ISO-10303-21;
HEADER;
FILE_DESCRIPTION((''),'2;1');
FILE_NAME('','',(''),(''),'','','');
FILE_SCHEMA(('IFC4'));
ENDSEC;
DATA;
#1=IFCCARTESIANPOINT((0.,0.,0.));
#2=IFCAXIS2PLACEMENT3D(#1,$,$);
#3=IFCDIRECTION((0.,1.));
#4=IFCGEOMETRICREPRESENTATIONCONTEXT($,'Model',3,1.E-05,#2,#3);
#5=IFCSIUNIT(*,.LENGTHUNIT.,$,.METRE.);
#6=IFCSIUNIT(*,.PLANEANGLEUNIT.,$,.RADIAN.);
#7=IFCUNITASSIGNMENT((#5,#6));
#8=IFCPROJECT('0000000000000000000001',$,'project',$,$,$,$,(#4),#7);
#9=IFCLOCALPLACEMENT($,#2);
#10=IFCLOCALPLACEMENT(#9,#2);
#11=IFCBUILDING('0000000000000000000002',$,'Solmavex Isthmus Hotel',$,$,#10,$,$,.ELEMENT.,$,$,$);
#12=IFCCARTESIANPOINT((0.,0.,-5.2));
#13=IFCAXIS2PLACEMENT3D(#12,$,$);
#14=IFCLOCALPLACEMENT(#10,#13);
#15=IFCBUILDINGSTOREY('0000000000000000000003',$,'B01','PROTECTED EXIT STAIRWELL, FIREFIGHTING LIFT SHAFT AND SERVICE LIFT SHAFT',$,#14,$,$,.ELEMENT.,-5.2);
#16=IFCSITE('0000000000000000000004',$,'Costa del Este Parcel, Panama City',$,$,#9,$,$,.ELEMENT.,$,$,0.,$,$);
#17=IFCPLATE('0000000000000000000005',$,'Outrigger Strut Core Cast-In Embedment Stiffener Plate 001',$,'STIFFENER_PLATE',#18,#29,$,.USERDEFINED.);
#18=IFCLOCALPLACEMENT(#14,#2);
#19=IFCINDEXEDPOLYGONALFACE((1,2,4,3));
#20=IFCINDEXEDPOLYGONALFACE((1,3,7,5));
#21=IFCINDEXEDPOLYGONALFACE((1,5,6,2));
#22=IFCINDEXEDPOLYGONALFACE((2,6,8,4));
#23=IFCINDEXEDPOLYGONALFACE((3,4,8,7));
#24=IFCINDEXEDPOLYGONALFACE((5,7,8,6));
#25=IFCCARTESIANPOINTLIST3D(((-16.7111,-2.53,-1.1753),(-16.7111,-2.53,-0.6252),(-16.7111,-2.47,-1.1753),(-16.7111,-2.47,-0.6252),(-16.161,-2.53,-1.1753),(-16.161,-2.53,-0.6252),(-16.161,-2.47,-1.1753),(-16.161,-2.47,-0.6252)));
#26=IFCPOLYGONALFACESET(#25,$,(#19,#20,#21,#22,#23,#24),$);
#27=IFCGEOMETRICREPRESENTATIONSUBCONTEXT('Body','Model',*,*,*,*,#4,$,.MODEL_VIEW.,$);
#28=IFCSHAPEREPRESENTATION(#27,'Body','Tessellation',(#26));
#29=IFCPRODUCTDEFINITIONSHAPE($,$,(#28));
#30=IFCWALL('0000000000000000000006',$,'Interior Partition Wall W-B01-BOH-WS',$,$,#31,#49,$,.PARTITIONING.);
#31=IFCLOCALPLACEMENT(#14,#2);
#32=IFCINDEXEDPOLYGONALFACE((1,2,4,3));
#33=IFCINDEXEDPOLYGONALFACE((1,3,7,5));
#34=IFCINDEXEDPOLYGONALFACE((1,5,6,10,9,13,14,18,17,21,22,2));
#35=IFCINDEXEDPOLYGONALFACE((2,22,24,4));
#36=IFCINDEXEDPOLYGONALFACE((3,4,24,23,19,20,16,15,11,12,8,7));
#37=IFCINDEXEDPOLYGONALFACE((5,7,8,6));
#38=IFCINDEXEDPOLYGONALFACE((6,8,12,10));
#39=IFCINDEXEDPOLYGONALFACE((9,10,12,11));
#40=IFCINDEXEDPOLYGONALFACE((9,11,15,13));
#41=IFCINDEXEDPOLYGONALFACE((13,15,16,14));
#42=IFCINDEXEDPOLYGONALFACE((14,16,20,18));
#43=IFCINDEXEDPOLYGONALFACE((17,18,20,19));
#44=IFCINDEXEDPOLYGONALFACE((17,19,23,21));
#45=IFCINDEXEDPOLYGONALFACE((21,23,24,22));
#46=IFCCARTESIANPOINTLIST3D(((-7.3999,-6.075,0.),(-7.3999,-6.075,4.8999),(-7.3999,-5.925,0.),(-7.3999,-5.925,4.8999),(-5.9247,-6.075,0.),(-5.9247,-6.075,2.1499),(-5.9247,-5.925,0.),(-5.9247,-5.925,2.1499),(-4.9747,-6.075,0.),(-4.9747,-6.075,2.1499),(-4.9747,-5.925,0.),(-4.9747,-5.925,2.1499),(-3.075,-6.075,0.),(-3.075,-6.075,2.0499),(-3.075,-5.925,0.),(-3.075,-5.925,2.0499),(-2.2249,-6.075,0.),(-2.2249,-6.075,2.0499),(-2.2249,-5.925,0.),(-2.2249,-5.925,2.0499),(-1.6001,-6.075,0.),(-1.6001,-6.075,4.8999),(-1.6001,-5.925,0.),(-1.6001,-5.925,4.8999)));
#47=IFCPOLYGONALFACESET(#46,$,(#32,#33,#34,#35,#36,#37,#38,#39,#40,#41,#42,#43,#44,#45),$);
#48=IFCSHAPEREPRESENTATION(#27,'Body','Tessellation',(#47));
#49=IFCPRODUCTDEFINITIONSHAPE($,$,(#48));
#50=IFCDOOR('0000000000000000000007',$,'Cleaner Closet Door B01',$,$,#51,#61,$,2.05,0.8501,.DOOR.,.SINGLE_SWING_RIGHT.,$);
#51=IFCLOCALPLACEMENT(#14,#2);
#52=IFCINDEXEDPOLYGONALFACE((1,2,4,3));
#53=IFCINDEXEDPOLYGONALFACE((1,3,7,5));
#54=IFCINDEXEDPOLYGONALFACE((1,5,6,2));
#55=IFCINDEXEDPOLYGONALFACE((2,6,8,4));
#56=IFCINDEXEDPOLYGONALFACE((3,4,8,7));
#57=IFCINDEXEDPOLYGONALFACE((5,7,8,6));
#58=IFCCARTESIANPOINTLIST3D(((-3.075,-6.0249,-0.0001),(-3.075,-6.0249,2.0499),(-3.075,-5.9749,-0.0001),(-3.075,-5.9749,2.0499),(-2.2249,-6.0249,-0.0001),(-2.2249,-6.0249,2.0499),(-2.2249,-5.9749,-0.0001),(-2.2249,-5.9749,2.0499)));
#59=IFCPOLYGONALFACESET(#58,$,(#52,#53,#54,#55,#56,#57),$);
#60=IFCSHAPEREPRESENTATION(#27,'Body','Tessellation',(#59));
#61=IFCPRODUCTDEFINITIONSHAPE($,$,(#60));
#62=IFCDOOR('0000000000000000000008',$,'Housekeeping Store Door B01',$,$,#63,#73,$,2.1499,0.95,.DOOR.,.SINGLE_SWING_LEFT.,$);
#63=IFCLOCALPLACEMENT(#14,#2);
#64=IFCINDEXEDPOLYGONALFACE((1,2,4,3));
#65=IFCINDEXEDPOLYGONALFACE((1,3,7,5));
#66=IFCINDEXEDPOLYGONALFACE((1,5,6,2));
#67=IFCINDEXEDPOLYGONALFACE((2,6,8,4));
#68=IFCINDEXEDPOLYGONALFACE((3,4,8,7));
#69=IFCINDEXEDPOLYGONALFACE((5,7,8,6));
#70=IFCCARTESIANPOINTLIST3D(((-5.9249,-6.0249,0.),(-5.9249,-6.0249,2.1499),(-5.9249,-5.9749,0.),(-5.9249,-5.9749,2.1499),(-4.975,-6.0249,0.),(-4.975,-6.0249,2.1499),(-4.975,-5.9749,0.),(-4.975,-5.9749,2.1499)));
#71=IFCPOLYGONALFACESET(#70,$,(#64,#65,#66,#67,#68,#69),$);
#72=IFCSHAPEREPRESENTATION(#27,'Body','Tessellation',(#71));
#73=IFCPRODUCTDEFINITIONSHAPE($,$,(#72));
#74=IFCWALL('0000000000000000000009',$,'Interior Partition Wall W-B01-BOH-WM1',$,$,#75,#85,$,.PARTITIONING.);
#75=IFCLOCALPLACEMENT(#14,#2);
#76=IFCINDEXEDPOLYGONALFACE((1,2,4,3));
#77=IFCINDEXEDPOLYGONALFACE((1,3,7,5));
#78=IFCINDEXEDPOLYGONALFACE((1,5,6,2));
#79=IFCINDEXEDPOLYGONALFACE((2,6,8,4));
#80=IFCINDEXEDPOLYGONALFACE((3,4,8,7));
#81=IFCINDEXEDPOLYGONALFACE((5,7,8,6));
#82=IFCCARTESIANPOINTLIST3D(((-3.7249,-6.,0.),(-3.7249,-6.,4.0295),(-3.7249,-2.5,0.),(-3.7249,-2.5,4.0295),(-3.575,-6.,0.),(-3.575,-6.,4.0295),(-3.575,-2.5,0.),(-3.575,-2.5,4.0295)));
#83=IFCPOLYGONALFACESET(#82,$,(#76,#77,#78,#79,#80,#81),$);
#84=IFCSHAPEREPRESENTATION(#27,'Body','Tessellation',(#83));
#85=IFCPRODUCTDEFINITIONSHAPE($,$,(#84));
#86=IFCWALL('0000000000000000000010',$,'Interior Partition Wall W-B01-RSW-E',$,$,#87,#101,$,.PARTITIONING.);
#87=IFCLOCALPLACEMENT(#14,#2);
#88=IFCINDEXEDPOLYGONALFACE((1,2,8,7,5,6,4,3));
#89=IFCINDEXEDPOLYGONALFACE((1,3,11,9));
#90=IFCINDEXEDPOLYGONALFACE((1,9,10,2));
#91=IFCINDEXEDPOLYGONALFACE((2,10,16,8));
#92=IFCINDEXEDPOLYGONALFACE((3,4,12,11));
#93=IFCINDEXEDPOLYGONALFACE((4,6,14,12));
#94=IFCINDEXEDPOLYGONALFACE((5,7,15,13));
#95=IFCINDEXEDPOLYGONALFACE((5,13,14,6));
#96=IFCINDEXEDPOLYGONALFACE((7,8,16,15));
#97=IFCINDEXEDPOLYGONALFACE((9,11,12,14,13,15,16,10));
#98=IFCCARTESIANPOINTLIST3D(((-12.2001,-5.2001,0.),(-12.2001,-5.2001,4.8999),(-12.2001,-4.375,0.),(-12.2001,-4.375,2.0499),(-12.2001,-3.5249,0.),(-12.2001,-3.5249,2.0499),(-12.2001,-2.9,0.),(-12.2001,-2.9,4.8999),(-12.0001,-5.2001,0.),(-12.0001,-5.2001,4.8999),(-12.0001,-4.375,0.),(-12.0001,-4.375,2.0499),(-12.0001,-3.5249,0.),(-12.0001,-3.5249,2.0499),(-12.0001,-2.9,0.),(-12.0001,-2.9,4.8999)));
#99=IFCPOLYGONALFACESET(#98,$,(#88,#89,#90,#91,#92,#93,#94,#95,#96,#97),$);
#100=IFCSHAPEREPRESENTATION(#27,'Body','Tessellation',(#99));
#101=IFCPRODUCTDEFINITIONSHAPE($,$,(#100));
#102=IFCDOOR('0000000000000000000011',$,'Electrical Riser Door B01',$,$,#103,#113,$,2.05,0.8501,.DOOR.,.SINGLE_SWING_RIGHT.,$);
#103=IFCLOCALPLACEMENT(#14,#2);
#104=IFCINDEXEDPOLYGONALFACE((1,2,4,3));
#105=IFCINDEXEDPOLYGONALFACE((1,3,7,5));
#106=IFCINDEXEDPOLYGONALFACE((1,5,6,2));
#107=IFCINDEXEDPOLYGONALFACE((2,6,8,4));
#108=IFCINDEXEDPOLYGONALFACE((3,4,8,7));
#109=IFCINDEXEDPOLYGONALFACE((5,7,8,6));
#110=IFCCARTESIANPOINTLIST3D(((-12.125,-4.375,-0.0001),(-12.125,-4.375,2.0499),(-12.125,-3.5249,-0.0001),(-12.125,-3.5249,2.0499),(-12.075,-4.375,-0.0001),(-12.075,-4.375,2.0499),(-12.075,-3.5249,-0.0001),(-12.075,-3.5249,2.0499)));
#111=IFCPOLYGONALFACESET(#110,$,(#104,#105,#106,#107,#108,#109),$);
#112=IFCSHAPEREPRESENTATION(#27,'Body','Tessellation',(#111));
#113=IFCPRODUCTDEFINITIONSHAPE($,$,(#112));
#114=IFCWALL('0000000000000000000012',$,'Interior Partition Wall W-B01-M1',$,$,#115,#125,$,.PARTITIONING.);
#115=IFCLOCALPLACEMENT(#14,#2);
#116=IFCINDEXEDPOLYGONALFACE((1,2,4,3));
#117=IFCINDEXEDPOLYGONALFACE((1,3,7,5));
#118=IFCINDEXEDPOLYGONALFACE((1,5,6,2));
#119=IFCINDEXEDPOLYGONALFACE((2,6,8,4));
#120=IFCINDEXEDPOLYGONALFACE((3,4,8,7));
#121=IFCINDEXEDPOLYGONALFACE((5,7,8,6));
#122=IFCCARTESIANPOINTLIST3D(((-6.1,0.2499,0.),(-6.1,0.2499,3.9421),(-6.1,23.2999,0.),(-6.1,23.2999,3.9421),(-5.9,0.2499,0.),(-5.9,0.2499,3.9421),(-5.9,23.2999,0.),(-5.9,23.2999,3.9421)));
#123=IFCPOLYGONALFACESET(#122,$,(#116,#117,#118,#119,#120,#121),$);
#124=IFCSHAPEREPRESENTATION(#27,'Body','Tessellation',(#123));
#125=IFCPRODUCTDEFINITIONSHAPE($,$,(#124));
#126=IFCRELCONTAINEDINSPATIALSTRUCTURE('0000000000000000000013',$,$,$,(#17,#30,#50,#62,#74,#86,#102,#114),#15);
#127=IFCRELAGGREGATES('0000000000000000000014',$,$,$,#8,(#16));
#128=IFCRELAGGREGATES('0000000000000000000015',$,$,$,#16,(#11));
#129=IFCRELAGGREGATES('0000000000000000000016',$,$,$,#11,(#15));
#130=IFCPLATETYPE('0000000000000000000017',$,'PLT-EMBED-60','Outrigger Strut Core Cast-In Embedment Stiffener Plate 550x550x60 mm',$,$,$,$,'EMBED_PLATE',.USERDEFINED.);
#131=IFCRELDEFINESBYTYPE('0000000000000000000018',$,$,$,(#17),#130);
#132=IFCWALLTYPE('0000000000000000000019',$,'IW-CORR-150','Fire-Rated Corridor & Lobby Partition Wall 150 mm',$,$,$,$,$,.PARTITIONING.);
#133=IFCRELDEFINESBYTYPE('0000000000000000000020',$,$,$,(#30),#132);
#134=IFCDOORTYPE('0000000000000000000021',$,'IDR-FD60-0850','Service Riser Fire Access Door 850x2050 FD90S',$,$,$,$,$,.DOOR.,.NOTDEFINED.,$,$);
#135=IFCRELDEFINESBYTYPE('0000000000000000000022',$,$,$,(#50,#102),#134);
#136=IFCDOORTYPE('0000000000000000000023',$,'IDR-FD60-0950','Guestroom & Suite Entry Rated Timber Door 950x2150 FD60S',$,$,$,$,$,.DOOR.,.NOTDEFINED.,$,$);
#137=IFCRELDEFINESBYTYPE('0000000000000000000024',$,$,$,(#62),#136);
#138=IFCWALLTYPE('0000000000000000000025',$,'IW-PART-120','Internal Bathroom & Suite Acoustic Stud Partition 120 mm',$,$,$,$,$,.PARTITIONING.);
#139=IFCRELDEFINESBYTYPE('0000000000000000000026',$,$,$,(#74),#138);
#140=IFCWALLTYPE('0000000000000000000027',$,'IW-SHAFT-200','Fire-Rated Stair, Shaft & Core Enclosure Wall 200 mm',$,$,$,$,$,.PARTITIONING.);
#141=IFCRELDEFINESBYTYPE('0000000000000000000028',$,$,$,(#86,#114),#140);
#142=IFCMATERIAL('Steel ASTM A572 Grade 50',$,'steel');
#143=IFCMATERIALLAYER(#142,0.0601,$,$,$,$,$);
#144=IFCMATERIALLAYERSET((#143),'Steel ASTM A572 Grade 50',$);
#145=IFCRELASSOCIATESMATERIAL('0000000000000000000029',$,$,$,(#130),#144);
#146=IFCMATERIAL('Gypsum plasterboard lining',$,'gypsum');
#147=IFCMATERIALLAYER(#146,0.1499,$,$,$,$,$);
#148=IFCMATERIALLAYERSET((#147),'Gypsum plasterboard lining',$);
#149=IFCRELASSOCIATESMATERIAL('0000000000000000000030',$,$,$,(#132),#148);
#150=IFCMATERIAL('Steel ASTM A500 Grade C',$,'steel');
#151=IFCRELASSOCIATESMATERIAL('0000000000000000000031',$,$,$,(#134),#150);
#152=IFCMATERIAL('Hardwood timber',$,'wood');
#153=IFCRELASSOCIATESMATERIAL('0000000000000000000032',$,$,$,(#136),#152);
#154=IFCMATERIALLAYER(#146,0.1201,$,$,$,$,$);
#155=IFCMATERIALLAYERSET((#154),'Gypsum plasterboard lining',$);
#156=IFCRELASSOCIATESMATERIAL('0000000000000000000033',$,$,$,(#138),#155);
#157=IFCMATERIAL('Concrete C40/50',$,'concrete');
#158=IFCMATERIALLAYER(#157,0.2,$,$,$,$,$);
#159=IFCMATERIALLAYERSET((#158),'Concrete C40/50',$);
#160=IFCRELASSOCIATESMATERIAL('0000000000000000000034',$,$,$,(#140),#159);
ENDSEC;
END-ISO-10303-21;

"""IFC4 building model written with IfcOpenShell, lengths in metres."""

from ifc_helpers import new_model, si_unit, direction, frame, frame_2d, origin, origin_2d, place, context, subcontext, project, spatial, rectangle, extrude, material, layer, layer_set, type_object, element, fill, save


model = new_model("IFC4")

# Units and contexts
model_context = context("Model", 3, precision=1e-05, world=origin(), true_north=direction((0.0, 1.0)))
body_context = subcontext(model_context, "Body", "Model", "MODEL_VIEW")
ifc_project = project(units=[si_unit("LENGTHUNIT", "METRE"), si_unit("PLANEANGLEUNIT", "RADIAN")], contexts=[model_context])

# Site, building, storey
site_placement = place(None, origin())
site = spatial("IfcSite", under=ifc_project, at=site_placement, Name="Costa del Este Parcel, Panama City", CompositionType="ELEMENT", RefElevation=0.0)
building_placement = place(site_placement, origin())
building = spatial("IfcBuilding", under=site, at=building_placement, Name="Solmavex Isthmus Hotel", CompositionType="ELEMENT")
storey_placement = place(building_placement, frame((0.0, 0.0, -5.2)))
storey = spatial("IfcBuildingStorey", under=building, at=storey_placement, Name="B01", Description="PROTECTED EXIT STAIRWELL, FIREFIGHTING LIFT SHAFT AND SERVICE LIFT SHAFT", CompositionType="ELEMENT", Elevation=-5.2)

# Plate
ifc_material_1 = material(Name="Steel ASTM A572 Grade 50", Category="steel")
ifc_layer_1 = layer(ifc_material_1, 0.0601)
ifc_layer_set_1 = layer_set([ifc_layer_1], Name="Steel ASTM A572 Grade 50")
plate_type = type_object("IfcPlateType", Name="PLT-EMBED-60", Description="Outrigger Strut Core Cast-In Embedment Stiffener Plate 550x550x60 mm", ElementType="EMBED_PLATE", PredefinedType="USERDEFINED", material=ifc_layer_set_1)
plate_placement = place(storey_placement, frame((-16.436, -2.5, -1.1753), z_axis=(0.0, 0.0, 1.0), x_axis=(1.0, 0.0, 0.0)))
element("IfcPlate", 1, at=plate_placement, inside=storey, type_object=plate_type, Name="Outrigger Strut Core Cast-In Embedment Stiffener Plate 001", ObjectType="STIFFENER_PLATE", PredefinedType="USERDEFINED", context=body_context, shape_type="SweptSolid", body=[
    extrude(rectangle(XDim=0.55, YDim=0.0601, at=origin_2d()), origin(), (0.0, 0.0, 1.0), 0.55),
])

# Wall, openings, doors
ifc_material_2 = material(Name="Gypsum plasterboard lining", Category="gypsum")
ifc_layer_2 = layer(ifc_material_2, 0.1499)
ifc_layer_set_2 = layer_set([ifc_layer_2], Name="Gypsum plasterboard lining")
wall_type_1 = type_object("IfcWallType", Name="IW-CORR-150", Description="Fire-Rated Corridor & Lobby Partition Wall 150 mm", PredefinedType="PARTITIONING", material=ifc_layer_set_2)
wall_1_placement = place(storey_placement, frame((-7.3999, -6.0, 0.0), z_axis=(0.0, 0.0, 1.0), x_axis=(1.0, 0.0, 0.0)))
wall_1 = element("IfcWall", 2, at=wall_1_placement, inside=storey, type_object=wall_type_1, Name="Interior Partition Wall W-B01-BOH-WS", PredefinedType="PARTITIONING", context=body_context, shape_type="SweptSolid", body=[
    extrude(rectangle(XDim=5.7998, YDim=0.1499, at=frame_2d((2.8999, 0.0))), origin(), (0.0, 0.0, 1.0), 4.8999),
])
opening_1_placement = place(wall_1_placement, frame((1.4751, 0.0, 0.0)))
opening_1 = element("IfcOpeningElement", 3, at=opening_1_placement, cuts=wall_1, PredefinedType="OPENING", context=body_context, shape_type="SweptSolid", body=[
    extrude(rectangle(XDim=0.95, YDim=2.1499, at=frame_2d((0.4751, 1.075))), frame((0.0, 0.085, 0.0), z_axis=(0.0, -1.0, 0.0), x_axis=(1.0, 0.0, 0.0)), (0.0, 0.0, 1.0), 0.1699),
])
opening_2_placement = place(wall_1_placement, frame((4.325, 0.0, 0.0)))
opening_2 = element("IfcOpeningElement", 4, at=opening_2_placement, cuts=wall_1, PredefinedType="OPENING", context=body_context, shape_type="SweptSolid", body=[
    extrude(rectangle(XDim=0.8501, YDim=2.05, at=frame_2d((0.425, 1.0249))), frame((0.0, 0.085, 0.0), z_axis=(0.0, -1.0, 0.0), x_axis=(1.0, 0.0, 0.0)), (0.0, 0.0, 1.0), 0.1699),
])
ifc_material_3 = material(Name="Steel ASTM A500 Grade C", Category="steel")
door_type_1 = type_object("IfcDoorType", Name="IDR-FD60-0850", Description="Service Riser Fire Access Door 850x2050 FD90S", OperationType="NOTDEFINED", PredefinedType="DOOR", material=ifc_material_3)
door_1_placement = place(opening_2_placement, frame((0.8501, 0.0, 0.0), z_axis=(0.0, 0.0, 1.0), x_axis=(-1.0, 0.0, 0.0)))
door_1 = element("IfcDoor", 5, at=door_1_placement, inside=storey, type_object=door_type_1, Name="Cleaner Closet Door B01", OperationType="SINGLE_SWING_RIGHT", OverallHeight=2.05, OverallWidth=0.8501, PredefinedType="DOOR", context=body_context, shape_type="SweptSolid", body=[
    extrude(rectangle(XDim=0.8501, YDim=2.05, at=frame_2d((0.425, 1.0249))), frame((0.0, 0.0249, 0.0), z_axis=(0.0, -1.0, 0.0), x_axis=(1.0, 0.0, 0.0)), (0.0, 0.0, 1.0), 0.05),
])
fill(opening_2, door_1)
ifc_material_4 = material(Name="Hardwood timber", Category="wood")
door_type_2 = type_object("IfcDoorType", Name="IDR-FD60-0950", Description="Guestroom & Suite Entry Rated Timber Door 950x2150 FD60S", OperationType="NOTDEFINED", PredefinedType="DOOR", material=ifc_material_4)
door_2_placement = place(opening_1_placement, frame((0.95, 0.0, 0.0), z_axis=(0.0, 0.0, 1.0), x_axis=(-1.0, 0.0, 0.0)))
door_2 = element("IfcDoor", 6, at=door_2_placement, inside=storey, type_object=door_type_2, Name="Housekeeping Store Door B01", OperationType="SINGLE_SWING_LEFT", OverallHeight=2.1499, OverallWidth=0.95, PredefinedType="DOOR", context=body_context, shape_type="SweptSolid", body=[
    extrude(rectangle(XDim=0.95, YDim=2.1499, at=frame_2d((0.4751, 1.075))), frame((0.0, 0.0249, 0.0), z_axis=(0.0, -1.0, 0.0), x_axis=(1.0, 0.0, 0.0)), (0.0, 0.0, 1.0), 0.05),
])
fill(opening_1, door_2)

# Wall
ifc_layer_3 = layer(ifc_material_2, 0.1201)
ifc_layer_set_3 = layer_set([ifc_layer_3], Name="Gypsum plasterboard lining")
wall_type_2 = type_object("IfcWallType", Name="IW-PART-120", Description="Internal Bathroom & Suite Acoustic Stud Partition 120 mm", PredefinedType="PARTITIONING", material=ifc_layer_set_3)
wall_2_placement = place(storey_placement, frame((-3.6499, -6.0, 0.0), z_axis=(0.0, 0.0, 1.0), x_axis=(0.0, 1.0, 0.0)))
element("IfcWall", 7, at=wall_2_placement, inside=storey, type_object=wall_type_2, Name="Interior Partition Wall W-B01-BOH-WM1", PredefinedType="PARTITIONING", context=body_context, shape_type="SweptSolid", body=[
    extrude(rectangle(XDim=3.5, YDim=0.1499, at=frame_2d((1.75, 0.0))), origin(), (0.0, 0.0, 1.0), 4.0295),
])

# Wall, opening, door
ifc_material_5 = material(Name="Concrete C40/50", Category="concrete")
ifc_layer_4 = layer(ifc_material_5, 0.2)
ifc_layer_set_4 = layer_set([ifc_layer_4], Name="Concrete C40/50")
wall_type_3 = type_object("IfcWallType", Name="IW-SHAFT-200", Description="Fire-Rated Stair, Shaft & Core Enclosure Wall 200 mm", PredefinedType="PARTITIONING", material=ifc_layer_set_4)
wall_3_placement = place(storey_placement, frame((-12.1001, -5.2, 0.0), z_axis=(0.0, 0.0, 1.0), x_axis=(0.0, 1.0, 0.0)))
wall_3 = element("IfcWall", 8, at=wall_3_placement, inside=storey, type_object=wall_type_3, Name="Interior Partition Wall W-B01-RSW-E", PredefinedType="PARTITIONING", context=body_context, shape_type="SweptSolid", body=[
    extrude(rectangle(XDim=2.3, YDim=0.2, at=frame_2d((1.1499, 0.0))), origin(), (0.0, 0.0, 1.0), 4.8999),
])
opening_3_placement = place(wall_3_placement, frame((0.825, 0.0, 0.0)))
opening_3 = element("IfcOpeningElement", 9, at=opening_3_placement, cuts=wall_3, PredefinedType="OPENING", context=body_context, shape_type="SweptSolid", body=[
    extrude(rectangle(XDim=0.8501, YDim=2.05, at=frame_2d((0.425, 1.0249))), frame((0.0, 0.1099, 0.0), z_axis=(0.0, -1.0, 0.0), x_axis=(1.0, 0.0, 0.0)), (0.0, 0.0, 1.0), 0.22),
])
door_3_placement = place(opening_3_placement, origin())
door_3 = element("IfcDoor", 10, at=door_3_placement, inside=storey, type_object=door_type_1, Name="Electrical Riser Door B01", OperationType="SINGLE_SWING_RIGHT", OverallHeight=2.05, OverallWidth=0.8501, PredefinedType="DOOR", context=body_context, shape_type="SweptSolid", body=[
    extrude(rectangle(XDim=0.8501, YDim=2.05, at=frame_2d((0.425, 1.0249))), frame((0.0, 0.0249, 0.0), z_axis=(0.0, -1.0, 0.0), x_axis=(1.0, 0.0, 0.0)), (0.0, 0.0, 1.0), 0.05),
])
fill(opening_3, door_3)

# Wall
wall_4_placement = place(storey_placement, frame((-6.0, 0.25, 0.0), z_axis=(0.0, 0.0, 1.0), x_axis=(0.0, 1.0, 0.0)))
element("IfcWall", 11, at=wall_4_placement, inside=storey, type_object=wall_type_3, Name="Interior Partition Wall W-B01-M1", PredefinedType="PARTITIONING", context=body_context, shape_type="SweptSolid", body=[
    extrude(rectangle(XDim=23.05, YDim=0.2, at=frame_2d((11.5249, 0.0))), origin(), (0.0, 0.0, 1.0), 3.9421),
])

save(model, "model.ifc")
